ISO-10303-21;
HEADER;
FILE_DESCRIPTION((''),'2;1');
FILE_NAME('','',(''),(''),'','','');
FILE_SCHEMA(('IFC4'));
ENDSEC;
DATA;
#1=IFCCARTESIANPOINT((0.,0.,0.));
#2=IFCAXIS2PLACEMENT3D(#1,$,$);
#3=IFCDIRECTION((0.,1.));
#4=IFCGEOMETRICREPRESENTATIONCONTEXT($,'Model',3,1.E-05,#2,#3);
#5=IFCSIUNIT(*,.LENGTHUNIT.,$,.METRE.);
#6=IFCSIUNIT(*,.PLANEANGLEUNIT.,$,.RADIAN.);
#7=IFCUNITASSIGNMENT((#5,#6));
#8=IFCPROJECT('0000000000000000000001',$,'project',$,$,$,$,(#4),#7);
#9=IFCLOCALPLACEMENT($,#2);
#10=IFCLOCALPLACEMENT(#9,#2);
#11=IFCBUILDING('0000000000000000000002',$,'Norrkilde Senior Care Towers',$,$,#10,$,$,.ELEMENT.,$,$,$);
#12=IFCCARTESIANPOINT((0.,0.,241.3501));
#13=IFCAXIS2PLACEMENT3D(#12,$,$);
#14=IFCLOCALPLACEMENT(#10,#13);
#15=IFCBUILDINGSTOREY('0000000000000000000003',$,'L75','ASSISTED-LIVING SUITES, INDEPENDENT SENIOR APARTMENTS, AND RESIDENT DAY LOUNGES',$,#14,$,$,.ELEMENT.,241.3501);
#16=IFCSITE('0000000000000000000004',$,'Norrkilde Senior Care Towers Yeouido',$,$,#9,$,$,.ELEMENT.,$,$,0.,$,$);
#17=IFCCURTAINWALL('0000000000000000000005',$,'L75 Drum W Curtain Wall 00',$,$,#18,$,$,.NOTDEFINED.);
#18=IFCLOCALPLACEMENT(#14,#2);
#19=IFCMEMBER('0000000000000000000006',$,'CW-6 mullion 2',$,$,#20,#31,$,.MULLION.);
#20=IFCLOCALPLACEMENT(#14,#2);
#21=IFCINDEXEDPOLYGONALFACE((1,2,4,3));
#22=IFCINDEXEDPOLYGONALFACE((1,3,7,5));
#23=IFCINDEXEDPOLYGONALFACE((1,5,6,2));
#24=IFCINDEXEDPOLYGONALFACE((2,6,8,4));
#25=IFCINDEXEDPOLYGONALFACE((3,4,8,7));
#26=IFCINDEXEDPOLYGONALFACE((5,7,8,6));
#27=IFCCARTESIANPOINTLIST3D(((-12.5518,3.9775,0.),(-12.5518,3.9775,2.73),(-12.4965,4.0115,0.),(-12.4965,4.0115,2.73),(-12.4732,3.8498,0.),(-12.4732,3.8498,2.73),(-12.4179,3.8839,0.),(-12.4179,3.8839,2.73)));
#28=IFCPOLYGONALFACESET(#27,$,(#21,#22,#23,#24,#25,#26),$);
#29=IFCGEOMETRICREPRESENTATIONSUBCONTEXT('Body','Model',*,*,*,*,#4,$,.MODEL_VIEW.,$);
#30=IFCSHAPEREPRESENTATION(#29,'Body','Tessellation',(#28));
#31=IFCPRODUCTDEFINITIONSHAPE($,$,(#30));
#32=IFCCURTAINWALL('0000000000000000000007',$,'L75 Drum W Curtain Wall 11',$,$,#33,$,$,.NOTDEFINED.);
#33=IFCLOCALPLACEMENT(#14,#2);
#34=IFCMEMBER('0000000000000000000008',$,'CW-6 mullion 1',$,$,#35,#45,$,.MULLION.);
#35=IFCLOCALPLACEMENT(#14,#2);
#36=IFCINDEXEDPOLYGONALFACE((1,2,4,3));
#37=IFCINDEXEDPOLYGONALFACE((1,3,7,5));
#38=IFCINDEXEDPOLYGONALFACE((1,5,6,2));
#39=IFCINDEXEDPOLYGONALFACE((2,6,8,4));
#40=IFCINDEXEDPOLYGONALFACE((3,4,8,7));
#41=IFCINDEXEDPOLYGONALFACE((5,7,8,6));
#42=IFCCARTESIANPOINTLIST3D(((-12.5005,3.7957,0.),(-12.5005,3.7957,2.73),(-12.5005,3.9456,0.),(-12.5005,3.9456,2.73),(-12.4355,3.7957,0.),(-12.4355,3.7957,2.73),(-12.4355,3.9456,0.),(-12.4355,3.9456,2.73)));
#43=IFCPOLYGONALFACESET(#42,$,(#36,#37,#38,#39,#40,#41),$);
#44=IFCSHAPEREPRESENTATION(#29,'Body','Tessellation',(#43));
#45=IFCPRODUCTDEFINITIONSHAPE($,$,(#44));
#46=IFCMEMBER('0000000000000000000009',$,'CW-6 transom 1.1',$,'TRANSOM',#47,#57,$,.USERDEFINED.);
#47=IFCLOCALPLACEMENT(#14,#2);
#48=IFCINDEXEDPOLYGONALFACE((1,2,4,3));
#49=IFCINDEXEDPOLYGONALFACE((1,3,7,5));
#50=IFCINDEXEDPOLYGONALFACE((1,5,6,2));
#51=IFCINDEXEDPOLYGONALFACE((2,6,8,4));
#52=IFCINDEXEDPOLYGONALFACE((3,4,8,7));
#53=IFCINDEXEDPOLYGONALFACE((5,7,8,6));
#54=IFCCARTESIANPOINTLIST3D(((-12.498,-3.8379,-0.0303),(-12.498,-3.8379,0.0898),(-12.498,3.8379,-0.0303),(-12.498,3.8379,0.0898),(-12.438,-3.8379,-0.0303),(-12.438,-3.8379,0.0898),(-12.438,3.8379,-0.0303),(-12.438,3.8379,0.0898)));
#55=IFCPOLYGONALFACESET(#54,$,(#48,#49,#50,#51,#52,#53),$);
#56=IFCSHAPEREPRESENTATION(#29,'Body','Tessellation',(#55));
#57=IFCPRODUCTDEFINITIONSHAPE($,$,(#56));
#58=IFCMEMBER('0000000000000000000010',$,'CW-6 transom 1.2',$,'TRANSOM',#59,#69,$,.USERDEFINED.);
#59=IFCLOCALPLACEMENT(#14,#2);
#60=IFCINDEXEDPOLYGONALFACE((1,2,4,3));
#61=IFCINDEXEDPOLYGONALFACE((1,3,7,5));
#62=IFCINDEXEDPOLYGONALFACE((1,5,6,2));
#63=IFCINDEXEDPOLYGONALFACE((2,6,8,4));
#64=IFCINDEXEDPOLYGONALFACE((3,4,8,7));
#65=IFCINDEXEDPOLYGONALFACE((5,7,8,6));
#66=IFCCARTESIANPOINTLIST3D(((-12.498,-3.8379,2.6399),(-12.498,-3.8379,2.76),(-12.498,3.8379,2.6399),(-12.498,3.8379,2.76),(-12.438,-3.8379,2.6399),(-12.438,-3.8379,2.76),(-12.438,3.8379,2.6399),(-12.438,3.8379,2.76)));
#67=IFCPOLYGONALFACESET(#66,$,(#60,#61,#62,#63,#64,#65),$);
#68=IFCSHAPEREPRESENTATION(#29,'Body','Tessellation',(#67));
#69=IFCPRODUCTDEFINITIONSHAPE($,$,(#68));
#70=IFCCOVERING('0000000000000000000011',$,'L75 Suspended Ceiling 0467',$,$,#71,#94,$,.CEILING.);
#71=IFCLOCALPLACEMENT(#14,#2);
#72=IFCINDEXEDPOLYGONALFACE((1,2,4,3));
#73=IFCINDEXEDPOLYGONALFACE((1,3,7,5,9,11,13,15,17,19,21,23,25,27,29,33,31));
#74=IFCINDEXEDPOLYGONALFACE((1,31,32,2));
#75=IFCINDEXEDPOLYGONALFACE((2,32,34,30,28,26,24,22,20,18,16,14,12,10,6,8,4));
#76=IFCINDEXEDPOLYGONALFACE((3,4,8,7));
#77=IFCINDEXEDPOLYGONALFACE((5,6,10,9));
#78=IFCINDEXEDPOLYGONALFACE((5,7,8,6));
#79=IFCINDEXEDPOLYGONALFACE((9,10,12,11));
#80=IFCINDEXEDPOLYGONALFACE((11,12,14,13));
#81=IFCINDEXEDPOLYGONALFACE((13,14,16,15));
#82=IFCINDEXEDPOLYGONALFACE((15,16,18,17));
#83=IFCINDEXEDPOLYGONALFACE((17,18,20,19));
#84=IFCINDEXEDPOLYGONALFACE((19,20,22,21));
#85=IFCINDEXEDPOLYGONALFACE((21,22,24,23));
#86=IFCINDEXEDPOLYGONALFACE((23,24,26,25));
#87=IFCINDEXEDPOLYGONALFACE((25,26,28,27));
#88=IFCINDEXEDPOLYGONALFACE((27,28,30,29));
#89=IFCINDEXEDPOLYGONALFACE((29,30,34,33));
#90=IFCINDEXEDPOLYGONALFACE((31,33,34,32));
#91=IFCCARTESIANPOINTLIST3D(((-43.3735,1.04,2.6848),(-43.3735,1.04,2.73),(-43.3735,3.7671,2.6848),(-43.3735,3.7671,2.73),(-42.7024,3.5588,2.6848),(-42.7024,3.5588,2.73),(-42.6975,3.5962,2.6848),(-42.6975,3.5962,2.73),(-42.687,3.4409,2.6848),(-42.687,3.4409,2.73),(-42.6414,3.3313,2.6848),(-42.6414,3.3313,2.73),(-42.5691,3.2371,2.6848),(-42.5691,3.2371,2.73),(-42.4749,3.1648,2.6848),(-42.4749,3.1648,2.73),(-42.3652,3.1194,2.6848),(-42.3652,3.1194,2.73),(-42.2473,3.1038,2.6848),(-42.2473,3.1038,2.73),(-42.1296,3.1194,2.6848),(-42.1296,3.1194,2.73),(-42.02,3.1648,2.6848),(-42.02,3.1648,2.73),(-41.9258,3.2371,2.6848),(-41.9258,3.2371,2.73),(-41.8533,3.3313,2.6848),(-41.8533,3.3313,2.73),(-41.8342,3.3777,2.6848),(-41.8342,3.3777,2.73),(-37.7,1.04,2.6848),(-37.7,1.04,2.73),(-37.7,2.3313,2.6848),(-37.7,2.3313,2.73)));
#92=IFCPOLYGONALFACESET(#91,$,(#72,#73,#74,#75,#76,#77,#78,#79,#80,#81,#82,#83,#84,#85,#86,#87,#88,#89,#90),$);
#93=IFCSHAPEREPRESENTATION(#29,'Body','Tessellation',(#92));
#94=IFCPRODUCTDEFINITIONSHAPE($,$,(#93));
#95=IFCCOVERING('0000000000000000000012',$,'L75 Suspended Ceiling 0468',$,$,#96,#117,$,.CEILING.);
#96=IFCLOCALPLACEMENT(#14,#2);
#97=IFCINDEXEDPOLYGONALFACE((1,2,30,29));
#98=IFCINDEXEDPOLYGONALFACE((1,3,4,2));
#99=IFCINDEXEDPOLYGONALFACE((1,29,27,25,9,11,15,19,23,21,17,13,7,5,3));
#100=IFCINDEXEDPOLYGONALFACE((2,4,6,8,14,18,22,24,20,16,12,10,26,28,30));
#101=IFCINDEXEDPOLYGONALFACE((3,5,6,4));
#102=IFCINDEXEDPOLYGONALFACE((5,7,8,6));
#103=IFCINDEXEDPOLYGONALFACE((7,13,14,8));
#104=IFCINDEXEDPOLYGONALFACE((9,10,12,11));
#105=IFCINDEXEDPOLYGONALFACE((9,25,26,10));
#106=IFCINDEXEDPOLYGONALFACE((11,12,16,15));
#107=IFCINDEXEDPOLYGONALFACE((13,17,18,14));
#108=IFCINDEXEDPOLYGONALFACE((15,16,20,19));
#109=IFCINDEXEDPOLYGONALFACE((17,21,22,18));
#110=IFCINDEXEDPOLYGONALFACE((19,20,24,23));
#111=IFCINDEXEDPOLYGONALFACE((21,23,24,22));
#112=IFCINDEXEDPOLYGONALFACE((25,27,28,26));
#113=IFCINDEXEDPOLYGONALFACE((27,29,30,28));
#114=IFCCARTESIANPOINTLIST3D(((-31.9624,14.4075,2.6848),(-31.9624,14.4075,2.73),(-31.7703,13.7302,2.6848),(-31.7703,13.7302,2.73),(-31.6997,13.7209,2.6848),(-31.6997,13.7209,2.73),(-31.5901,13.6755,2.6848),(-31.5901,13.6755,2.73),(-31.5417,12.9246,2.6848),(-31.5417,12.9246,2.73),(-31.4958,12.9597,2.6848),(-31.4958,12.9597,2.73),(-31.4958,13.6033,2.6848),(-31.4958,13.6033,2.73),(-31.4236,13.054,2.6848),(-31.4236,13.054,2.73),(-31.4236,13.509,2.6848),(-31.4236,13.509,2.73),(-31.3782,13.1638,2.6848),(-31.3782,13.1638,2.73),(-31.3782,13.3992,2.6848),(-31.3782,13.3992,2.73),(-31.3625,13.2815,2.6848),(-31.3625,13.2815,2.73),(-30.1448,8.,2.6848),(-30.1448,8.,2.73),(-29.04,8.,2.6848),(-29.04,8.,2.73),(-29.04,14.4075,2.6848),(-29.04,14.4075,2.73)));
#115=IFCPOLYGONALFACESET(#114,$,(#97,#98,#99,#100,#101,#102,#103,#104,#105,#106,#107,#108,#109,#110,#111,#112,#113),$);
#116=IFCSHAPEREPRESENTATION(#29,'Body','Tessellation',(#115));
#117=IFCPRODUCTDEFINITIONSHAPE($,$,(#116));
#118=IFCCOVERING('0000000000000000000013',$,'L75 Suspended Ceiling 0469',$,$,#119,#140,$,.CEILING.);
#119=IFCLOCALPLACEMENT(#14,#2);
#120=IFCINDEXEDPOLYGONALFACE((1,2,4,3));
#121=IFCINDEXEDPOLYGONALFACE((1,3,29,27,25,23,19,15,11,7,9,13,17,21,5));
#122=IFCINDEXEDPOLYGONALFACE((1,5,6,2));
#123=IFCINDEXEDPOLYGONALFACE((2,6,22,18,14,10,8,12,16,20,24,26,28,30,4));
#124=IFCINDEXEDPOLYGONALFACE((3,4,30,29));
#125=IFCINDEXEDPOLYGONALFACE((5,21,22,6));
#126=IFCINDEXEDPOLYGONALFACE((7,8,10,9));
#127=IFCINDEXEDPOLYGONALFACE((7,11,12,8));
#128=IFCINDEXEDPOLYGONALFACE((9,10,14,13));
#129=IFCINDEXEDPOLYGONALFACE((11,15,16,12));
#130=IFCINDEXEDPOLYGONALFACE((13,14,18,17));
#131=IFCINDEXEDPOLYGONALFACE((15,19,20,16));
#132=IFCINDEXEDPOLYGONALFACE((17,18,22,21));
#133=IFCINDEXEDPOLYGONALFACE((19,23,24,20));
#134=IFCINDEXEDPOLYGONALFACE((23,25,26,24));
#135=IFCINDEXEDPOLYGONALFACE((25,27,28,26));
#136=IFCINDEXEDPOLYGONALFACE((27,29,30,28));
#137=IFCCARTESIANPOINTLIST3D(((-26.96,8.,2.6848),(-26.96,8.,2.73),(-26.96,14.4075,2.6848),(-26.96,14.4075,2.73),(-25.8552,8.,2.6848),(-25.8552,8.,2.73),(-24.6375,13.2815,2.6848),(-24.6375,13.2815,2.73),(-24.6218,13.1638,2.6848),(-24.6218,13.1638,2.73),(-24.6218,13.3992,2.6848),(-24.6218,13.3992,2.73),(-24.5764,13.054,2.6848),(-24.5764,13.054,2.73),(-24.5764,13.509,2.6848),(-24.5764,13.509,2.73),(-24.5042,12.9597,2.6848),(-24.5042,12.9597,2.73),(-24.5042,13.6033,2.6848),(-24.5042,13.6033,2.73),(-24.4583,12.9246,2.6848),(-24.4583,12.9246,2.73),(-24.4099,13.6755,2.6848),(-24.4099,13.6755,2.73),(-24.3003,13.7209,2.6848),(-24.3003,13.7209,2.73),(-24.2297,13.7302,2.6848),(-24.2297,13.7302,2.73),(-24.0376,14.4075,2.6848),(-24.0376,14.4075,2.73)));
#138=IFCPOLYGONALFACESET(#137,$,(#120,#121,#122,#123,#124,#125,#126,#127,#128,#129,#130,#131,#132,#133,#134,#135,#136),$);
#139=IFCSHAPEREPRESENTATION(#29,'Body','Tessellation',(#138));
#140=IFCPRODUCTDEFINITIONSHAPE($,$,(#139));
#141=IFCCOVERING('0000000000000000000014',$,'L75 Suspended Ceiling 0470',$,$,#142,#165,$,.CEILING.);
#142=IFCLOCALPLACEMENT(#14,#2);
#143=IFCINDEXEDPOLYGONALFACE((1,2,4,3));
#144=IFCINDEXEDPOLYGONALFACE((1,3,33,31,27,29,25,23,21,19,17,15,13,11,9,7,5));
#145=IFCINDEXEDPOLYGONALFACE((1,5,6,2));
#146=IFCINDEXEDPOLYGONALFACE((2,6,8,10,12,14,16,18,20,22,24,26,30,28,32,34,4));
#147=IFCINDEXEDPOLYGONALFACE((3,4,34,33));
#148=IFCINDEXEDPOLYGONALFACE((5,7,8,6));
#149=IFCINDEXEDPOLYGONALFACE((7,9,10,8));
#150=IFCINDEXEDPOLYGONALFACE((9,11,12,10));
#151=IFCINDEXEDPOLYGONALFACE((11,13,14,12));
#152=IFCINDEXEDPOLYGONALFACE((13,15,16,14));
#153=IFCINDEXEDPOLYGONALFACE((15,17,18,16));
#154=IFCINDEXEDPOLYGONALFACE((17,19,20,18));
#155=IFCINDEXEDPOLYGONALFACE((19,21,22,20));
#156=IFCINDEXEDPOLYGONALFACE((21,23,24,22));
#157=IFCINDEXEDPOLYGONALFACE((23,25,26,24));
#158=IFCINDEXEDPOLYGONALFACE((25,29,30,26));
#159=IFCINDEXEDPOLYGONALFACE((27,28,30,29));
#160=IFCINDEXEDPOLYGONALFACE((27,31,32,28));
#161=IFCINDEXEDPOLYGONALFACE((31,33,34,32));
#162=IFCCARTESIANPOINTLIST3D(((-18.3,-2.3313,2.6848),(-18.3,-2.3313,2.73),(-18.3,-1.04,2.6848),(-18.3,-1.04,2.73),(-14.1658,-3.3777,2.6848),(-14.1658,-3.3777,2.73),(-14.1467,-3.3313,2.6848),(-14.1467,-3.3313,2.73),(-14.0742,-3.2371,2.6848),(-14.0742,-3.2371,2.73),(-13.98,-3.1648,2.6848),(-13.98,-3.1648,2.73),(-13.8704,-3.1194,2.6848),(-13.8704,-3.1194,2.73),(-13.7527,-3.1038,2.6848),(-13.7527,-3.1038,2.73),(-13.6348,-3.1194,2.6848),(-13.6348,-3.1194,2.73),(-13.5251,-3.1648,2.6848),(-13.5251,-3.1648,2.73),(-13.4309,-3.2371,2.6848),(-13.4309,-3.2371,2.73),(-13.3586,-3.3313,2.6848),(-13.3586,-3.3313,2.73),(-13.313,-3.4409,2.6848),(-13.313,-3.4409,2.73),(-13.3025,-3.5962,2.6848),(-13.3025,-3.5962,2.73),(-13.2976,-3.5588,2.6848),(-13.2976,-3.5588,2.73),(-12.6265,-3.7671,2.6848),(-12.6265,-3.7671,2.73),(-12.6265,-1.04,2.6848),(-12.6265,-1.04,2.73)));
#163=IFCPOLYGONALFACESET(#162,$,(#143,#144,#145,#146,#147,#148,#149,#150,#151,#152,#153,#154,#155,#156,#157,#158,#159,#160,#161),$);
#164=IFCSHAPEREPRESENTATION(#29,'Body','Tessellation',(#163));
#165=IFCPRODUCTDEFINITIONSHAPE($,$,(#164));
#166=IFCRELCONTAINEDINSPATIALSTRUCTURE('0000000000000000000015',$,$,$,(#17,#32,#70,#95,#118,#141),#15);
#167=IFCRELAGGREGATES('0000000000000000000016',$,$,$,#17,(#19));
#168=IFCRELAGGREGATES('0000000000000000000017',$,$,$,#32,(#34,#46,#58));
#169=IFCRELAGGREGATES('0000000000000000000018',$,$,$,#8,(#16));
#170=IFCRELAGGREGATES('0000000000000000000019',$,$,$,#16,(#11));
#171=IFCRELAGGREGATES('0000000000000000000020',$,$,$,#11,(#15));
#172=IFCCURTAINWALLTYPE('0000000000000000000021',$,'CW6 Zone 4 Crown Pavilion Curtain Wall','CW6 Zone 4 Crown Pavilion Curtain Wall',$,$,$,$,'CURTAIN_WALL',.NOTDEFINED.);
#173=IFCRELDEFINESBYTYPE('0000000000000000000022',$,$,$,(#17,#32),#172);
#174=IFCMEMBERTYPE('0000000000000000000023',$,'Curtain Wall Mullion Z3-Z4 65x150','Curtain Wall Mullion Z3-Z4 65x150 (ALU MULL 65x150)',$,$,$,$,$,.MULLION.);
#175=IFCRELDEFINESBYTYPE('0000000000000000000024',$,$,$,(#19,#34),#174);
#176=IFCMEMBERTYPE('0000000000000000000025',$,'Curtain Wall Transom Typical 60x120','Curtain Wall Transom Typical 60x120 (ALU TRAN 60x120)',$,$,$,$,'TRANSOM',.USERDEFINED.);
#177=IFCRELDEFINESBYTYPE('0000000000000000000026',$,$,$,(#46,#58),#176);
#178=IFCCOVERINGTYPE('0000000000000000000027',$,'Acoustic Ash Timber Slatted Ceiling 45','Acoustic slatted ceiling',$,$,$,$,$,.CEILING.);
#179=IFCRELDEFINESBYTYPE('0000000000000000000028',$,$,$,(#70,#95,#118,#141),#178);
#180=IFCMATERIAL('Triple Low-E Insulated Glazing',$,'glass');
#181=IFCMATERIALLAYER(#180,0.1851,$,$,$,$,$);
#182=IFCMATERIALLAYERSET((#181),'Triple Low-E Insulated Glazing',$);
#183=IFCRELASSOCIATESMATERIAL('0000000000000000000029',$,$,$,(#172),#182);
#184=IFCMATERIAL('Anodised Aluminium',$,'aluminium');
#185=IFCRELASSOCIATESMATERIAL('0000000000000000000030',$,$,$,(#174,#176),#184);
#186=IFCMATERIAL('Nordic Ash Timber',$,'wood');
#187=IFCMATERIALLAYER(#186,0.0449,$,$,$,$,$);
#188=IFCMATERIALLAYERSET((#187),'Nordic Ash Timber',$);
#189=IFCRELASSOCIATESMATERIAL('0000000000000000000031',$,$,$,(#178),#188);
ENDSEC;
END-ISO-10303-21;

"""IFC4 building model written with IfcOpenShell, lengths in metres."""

from ifc_helpers import new_model, si_unit, direction, frame, origin, origin_2d, place, context, subcontext, project, spatial, polyline, rectangle, outline, extrude, source, transform, mapped, material, layer, layer_set, material_profile, profile_set, type_object, type_shapes, element, aggregate, save


model = new_model("IFC4")

# Units and contexts
model_context = context("Model", 3, precision=1e-05, world=origin(), true_north=direction((0.0, 1.0)))
body_context = subcontext(model_context, "Body", "Model", "MODEL_VIEW")
ifc_project = project(units=[si_unit("LENGTHUNIT", "METRE"), si_unit("PLANEANGLEUNIT", "RADIAN")], contexts=[model_context])

# Site, building, storey
site_placement = place(None, origin())
site = spatial("IfcSite", under=ifc_project, at=site_placement, Name="Norrkilde Senior Care Towers Yeouido", CompositionType="ELEMENT", RefElevation=0.0)
building_placement = place(site_placement, origin())
building = spatial("IfcBuilding", under=site, at=building_placement, Name="Norrkilde Senior Care Towers", CompositionType="ELEMENT")
storey_placement = place(building_placement, frame((0.0, 0.0, 241.3501)))
storey = spatial("IfcBuildingStorey", under=building, at=storey_placement, Name="L75", Description="ASSISTED-LIVING SUITES, INDEPENDENT SENIOR APARTMENTS, AND RESIDENT DAY LOUNGES", CompositionType="ELEMENT", Elevation=241.3501)

# Curtain wall, member
ifc_material_1 = material(Name="Triple Low-E Insulated Glazing", Category="glass")
ifc_layer_1 = layer(ifc_material_1, 0.1851)
ifc_layer_set_1 = layer_set([ifc_layer_1], Name="Triple Low-E Insulated Glazing")
curtain_wall_type = type_object("IfcCurtainWallType", Name="CW6 Zone 4 Crown Pavilion Curtain Wall", Description="CW6 Zone 4 Crown Pavilion Curtain Wall", ElementType="CURTAIN_WALL", PredefinedType="NOTDEFINED", material=ifc_layer_set_1)
curtain_wall_1_placement = place(storey_placement, origin())
curtain_wall_1 = element("IfcCurtainWall", 1, at=curtain_wall_1_placement, inside=storey, type_object=curtain_wall_type, Name="L75 Drum W Curtain Wall 00", PredefinedType="NOTDEFINED")
ifc_material_2 = material(Name="Anodised Aluminium", Category="aluminium")
ifc_material_profile_1 = material_profile(ifc_material_2, rectangle(XDim=0.0649, YDim=0.1499, at=origin_2d()), Name="ALU MULL 65x150")
ifc_profile_set_1 = profile_set([ifc_material_profile_1], Name="Anodised Aluminium")
member_type_1 = type_object("IfcMemberType", Name="Curtain Wall Mullion Z3-Z4 65x150", Description="Curtain Wall Mullion Z3-Z4 65x150 (ALU MULL 65x150)", PredefinedType="MULLION", material=ifc_profile_set_1)
shared_shape_1 = source(origin(), body_context, "Body", "SweptSolid", [
    extrude(rectangle(XDim=0.0649, YDim=0.1499, at=origin_2d()), origin(), (0.0, 0.0, 1.0), 2.73),
])
type_shapes(member_type_1, [shared_shape_1])
member_1_placement = place(storey_placement, frame((-12.4849, 3.9307, 0.0), z_axis=(0.0, 0.0, 1.0), x_axis=(0.851563, 0.524253, 0.0)))
member_1 = element("IfcMember", 2, at=member_1_placement, type_object=member_type_1, Name="CW-6 mullion 2", PredefinedType="MULLION", context=body_context, shape_type="MappedRepresentation", body=[
    mapped(shared_shape_1, transform((0.0, 0.0, 0.0), x_axis=(1.0, 0.0, 0.0), y_axis=(0.0, 1.0, 0.0), z_axis=(0.0, 0.0, 1.0), scale=1.0)),
])
aggregate(curtain_wall_1, [member_1])

# Curtain wall, members
curtain_wall_2_placement = place(storey_placement, origin())
curtain_wall_2 = element("IfcCurtainWall", 3, at=curtain_wall_2_placement, inside=storey, type_object=curtain_wall_type, Name="L75 Drum W Curtain Wall 11", PredefinedType="NOTDEFINED")
member_2_placement = place(storey_placement, frame((-12.468, 3.8706, 0.0), z_axis=(0.0, 0.0, 1.0), x_axis=(1.0, 0.0, 0.0)))
member_2 = element("IfcMember", 4, at=member_2_placement, type_object=member_type_1, Name="CW-6 mullion 1", PredefinedType="MULLION", context=body_context, shape_type="MappedRepresentation", body=[
    mapped(shared_shape_1, transform((0.0, 0.0, 0.0), x_axis=(1.0, 0.0, 0.0), y_axis=(0.0, 1.0, 0.0), z_axis=(0.0, 0.0, 1.0), scale=1.0)),
])
ifc_material_profile_2 = material_profile(ifc_material_2, rectangle(XDim=0.0601, YDim=0.1201, at=origin_2d()), Name="ALU TRAN 60x120")
ifc_profile_set_2 = profile_set([ifc_material_profile_2], Name="Anodised Aluminium")
member_type_2 = type_object("IfcMemberType", Name="Curtain Wall Transom Typical 60x120", Description="Curtain Wall Transom Typical 60x120 (ALU TRAN 60x120)", ElementType="TRANSOM", PredefinedType="USERDEFINED", material=ifc_profile_set_2)
shared_shape_2 = source(origin(), body_context, "Body", "SweptSolid", [
    extrude(rectangle(XDim=0.0601, YDim=0.1201, at=origin_2d()), origin(), (0.0, 0.0, 1.0), 7.6758),
])
type_shapes(member_type_2, [shared_shape_2])
member_3_placement = place(storey_placement, frame((-12.468, 3.8379, 0.0298), z_axis=(0.0, -1.0, 0.0), x_axis=(1.0, 0.0, 0.0)))
member_3 = element("IfcMember", 5, at=member_3_placement, type_object=member_type_2, Name="CW-6 transom 1.1", ObjectType="TRANSOM", PredefinedType="USERDEFINED", context=body_context, shape_type="MappedRepresentation", body=[
    mapped(shared_shape_2, transform((0.0, 0.0, 0.0), x_axis=(1.0, 0.0, 0.0), y_axis=(0.0, 1.0, 0.0), z_axis=(0.0, 0.0, 1.0), scale=1.0)),
])
member_4_placement = place(storey_placement, frame((-12.468, 3.8379, 2.7), z_axis=(0.0, -1.0, 0.0), x_axis=(1.0, 0.0, 0.0)))
member_4 = element("IfcMember", 6, at=member_4_placement, type_object=member_type_2, Name="CW-6 transom 1.2", ObjectType="TRANSOM", PredefinedType="USERDEFINED", context=body_context, shape_type="MappedRepresentation", body=[
    mapped(shared_shape_2, transform((0.0, 0.0, 0.0), x_axis=(1.0, 0.0, 0.0), y_axis=(0.0, 1.0, 0.0), z_axis=(0.0, 0.0, 1.0), scale=1.0)),
])
aggregate(curtain_wall_2, [member_2, member_3, member_4])

# Coverings
ifc_material_3 = material(Name="Nordic Ash Timber", Category="wood")
ifc_layer_2 = layer(ifc_material_3, 0.0449)
ifc_layer_set_2 = layer_set([ifc_layer_2], Name="Nordic Ash Timber")
covering_type_1 = type_object("IfcCoveringType", Name="Acoustic Ash Timber Slatted Ceiling 45", Description="Acoustic slatted ceiling", PredefinedType="CEILING", material=ifc_layer_set_2)
covering_1_placement = place(storey_placement, frame((0.0, 0.0, 2.6848)))
element("IfcCovering", 7, at=covering_1_placement, inside=storey, type_object=covering_type_1, Name="L75 Suspended Ceiling 0467", PredefinedType="CEILING", context=body_context, shape_type="SweptSolid", body=[
    extrude(outline(polyline([(-37.7, 1.04), (-43.3735, 1.04), (-43.3735, 3.7671), (-42.6975, 3.5962), (-42.7024, 3.5588), (-42.687, 3.4409), (-42.6414, 3.3313), (-42.5691, 3.2371), (-42.4749, 3.1648), (-42.3652, 3.1194), (-42.2473, 3.1038), (-42.1296, 3.1194), (-42.02, 3.1648), (-41.9258, 3.2371), (-41.8533, 3.3313), (-41.8342, 3.3777), (-37.7, 2.3313), (-37.7, 1.04)])), origin(), (0.0, 0.0, 1.0), 0.0452),
])
covering_2_placement = place(storey_placement, frame((0.0, 0.0, 2.6848)))
element("IfcCovering", 8, at=covering_2_placement, inside=storey, type_object=covering_type_1, Name="L75 Suspended Ceiling 0468", PredefinedType="CEILING", context=body_context, shape_type="SweptSolid", body=[
    extrude(outline(polyline([(-29.04, 14.4075), (-29.04, 8.0), (-30.1448, 8.0), (-31.5417, 12.9246), (-31.4958, 12.9597), (-31.4236, 13.054), (-31.3782, 13.1638), (-31.3625, 13.2815), (-31.3782, 13.3992), (-31.4236, 13.509), (-31.4958, 13.6033), (-31.5901, 13.6755), (-31.6997, 13.7209), (-31.7703, 13.7302), (-31.9624, 14.4075), (-29.04, 14.4075)])), origin(), (0.0, 0.0, 1.0), 0.0452),
])
covering_3_placement = place(storey_placement, frame((0.0, 0.0, 2.6848)))
element("IfcCovering", 9, at=covering_3_placement, inside=storey, type_object=covering_type_1, Name="L75 Suspended Ceiling 0469", PredefinedType="CEILING", context=body_context, shape_type="SweptSolid", body=[
    extrude(outline(polyline([(-24.0376, 14.4075), (-24.2297, 13.7302), (-24.3003, 13.7209), (-24.4099, 13.6755), (-24.5042, 13.6033), (-24.5764, 13.509), (-24.6218, 13.3992), (-24.6375, 13.2815), (-24.6218, 13.1638), (-24.5764, 13.054), (-24.5042, 12.9597), (-24.4583, 12.9246), (-25.8552, 8.0), (-26.96, 8.0), (-26.96, 14.4075), (-24.0376, 14.4075)])), origin(), (0.0, 0.0, 1.0), 0.0452),
])
covering_4_placement = place(storey_placement, frame((0.0, 0.0, 2.6848)))
element("IfcCovering", 10, at=covering_4_placement, inside=storey, type_object=covering_type_1, Name="L75 Suspended Ceiling 0470", PredefinedType="CEILING", context=body_context, shape_type="SweptSolid", body=[
    extrude(outline(polyline([(-12.6265, -3.7671), (-13.3025, -3.5962), (-13.2976, -3.5588), (-13.313, -3.4409), (-13.3586, -3.3313), (-13.4309, -3.2371), (-13.5251, -3.1648), (-13.6348, -3.1194), (-13.7527, -3.1038), (-13.8704, -3.1194), (-13.98, -3.1648), (-14.0742, -3.2371), (-14.1467, -3.3313), (-14.1658, -3.3777), (-18.3, -2.3313), (-18.3, -1.04), (-12.6265, -1.04), (-12.6265, -3.7671)])), origin(), (0.0, 0.0, 1.0), 0.0452),
])

save(model, "model.ifc")
